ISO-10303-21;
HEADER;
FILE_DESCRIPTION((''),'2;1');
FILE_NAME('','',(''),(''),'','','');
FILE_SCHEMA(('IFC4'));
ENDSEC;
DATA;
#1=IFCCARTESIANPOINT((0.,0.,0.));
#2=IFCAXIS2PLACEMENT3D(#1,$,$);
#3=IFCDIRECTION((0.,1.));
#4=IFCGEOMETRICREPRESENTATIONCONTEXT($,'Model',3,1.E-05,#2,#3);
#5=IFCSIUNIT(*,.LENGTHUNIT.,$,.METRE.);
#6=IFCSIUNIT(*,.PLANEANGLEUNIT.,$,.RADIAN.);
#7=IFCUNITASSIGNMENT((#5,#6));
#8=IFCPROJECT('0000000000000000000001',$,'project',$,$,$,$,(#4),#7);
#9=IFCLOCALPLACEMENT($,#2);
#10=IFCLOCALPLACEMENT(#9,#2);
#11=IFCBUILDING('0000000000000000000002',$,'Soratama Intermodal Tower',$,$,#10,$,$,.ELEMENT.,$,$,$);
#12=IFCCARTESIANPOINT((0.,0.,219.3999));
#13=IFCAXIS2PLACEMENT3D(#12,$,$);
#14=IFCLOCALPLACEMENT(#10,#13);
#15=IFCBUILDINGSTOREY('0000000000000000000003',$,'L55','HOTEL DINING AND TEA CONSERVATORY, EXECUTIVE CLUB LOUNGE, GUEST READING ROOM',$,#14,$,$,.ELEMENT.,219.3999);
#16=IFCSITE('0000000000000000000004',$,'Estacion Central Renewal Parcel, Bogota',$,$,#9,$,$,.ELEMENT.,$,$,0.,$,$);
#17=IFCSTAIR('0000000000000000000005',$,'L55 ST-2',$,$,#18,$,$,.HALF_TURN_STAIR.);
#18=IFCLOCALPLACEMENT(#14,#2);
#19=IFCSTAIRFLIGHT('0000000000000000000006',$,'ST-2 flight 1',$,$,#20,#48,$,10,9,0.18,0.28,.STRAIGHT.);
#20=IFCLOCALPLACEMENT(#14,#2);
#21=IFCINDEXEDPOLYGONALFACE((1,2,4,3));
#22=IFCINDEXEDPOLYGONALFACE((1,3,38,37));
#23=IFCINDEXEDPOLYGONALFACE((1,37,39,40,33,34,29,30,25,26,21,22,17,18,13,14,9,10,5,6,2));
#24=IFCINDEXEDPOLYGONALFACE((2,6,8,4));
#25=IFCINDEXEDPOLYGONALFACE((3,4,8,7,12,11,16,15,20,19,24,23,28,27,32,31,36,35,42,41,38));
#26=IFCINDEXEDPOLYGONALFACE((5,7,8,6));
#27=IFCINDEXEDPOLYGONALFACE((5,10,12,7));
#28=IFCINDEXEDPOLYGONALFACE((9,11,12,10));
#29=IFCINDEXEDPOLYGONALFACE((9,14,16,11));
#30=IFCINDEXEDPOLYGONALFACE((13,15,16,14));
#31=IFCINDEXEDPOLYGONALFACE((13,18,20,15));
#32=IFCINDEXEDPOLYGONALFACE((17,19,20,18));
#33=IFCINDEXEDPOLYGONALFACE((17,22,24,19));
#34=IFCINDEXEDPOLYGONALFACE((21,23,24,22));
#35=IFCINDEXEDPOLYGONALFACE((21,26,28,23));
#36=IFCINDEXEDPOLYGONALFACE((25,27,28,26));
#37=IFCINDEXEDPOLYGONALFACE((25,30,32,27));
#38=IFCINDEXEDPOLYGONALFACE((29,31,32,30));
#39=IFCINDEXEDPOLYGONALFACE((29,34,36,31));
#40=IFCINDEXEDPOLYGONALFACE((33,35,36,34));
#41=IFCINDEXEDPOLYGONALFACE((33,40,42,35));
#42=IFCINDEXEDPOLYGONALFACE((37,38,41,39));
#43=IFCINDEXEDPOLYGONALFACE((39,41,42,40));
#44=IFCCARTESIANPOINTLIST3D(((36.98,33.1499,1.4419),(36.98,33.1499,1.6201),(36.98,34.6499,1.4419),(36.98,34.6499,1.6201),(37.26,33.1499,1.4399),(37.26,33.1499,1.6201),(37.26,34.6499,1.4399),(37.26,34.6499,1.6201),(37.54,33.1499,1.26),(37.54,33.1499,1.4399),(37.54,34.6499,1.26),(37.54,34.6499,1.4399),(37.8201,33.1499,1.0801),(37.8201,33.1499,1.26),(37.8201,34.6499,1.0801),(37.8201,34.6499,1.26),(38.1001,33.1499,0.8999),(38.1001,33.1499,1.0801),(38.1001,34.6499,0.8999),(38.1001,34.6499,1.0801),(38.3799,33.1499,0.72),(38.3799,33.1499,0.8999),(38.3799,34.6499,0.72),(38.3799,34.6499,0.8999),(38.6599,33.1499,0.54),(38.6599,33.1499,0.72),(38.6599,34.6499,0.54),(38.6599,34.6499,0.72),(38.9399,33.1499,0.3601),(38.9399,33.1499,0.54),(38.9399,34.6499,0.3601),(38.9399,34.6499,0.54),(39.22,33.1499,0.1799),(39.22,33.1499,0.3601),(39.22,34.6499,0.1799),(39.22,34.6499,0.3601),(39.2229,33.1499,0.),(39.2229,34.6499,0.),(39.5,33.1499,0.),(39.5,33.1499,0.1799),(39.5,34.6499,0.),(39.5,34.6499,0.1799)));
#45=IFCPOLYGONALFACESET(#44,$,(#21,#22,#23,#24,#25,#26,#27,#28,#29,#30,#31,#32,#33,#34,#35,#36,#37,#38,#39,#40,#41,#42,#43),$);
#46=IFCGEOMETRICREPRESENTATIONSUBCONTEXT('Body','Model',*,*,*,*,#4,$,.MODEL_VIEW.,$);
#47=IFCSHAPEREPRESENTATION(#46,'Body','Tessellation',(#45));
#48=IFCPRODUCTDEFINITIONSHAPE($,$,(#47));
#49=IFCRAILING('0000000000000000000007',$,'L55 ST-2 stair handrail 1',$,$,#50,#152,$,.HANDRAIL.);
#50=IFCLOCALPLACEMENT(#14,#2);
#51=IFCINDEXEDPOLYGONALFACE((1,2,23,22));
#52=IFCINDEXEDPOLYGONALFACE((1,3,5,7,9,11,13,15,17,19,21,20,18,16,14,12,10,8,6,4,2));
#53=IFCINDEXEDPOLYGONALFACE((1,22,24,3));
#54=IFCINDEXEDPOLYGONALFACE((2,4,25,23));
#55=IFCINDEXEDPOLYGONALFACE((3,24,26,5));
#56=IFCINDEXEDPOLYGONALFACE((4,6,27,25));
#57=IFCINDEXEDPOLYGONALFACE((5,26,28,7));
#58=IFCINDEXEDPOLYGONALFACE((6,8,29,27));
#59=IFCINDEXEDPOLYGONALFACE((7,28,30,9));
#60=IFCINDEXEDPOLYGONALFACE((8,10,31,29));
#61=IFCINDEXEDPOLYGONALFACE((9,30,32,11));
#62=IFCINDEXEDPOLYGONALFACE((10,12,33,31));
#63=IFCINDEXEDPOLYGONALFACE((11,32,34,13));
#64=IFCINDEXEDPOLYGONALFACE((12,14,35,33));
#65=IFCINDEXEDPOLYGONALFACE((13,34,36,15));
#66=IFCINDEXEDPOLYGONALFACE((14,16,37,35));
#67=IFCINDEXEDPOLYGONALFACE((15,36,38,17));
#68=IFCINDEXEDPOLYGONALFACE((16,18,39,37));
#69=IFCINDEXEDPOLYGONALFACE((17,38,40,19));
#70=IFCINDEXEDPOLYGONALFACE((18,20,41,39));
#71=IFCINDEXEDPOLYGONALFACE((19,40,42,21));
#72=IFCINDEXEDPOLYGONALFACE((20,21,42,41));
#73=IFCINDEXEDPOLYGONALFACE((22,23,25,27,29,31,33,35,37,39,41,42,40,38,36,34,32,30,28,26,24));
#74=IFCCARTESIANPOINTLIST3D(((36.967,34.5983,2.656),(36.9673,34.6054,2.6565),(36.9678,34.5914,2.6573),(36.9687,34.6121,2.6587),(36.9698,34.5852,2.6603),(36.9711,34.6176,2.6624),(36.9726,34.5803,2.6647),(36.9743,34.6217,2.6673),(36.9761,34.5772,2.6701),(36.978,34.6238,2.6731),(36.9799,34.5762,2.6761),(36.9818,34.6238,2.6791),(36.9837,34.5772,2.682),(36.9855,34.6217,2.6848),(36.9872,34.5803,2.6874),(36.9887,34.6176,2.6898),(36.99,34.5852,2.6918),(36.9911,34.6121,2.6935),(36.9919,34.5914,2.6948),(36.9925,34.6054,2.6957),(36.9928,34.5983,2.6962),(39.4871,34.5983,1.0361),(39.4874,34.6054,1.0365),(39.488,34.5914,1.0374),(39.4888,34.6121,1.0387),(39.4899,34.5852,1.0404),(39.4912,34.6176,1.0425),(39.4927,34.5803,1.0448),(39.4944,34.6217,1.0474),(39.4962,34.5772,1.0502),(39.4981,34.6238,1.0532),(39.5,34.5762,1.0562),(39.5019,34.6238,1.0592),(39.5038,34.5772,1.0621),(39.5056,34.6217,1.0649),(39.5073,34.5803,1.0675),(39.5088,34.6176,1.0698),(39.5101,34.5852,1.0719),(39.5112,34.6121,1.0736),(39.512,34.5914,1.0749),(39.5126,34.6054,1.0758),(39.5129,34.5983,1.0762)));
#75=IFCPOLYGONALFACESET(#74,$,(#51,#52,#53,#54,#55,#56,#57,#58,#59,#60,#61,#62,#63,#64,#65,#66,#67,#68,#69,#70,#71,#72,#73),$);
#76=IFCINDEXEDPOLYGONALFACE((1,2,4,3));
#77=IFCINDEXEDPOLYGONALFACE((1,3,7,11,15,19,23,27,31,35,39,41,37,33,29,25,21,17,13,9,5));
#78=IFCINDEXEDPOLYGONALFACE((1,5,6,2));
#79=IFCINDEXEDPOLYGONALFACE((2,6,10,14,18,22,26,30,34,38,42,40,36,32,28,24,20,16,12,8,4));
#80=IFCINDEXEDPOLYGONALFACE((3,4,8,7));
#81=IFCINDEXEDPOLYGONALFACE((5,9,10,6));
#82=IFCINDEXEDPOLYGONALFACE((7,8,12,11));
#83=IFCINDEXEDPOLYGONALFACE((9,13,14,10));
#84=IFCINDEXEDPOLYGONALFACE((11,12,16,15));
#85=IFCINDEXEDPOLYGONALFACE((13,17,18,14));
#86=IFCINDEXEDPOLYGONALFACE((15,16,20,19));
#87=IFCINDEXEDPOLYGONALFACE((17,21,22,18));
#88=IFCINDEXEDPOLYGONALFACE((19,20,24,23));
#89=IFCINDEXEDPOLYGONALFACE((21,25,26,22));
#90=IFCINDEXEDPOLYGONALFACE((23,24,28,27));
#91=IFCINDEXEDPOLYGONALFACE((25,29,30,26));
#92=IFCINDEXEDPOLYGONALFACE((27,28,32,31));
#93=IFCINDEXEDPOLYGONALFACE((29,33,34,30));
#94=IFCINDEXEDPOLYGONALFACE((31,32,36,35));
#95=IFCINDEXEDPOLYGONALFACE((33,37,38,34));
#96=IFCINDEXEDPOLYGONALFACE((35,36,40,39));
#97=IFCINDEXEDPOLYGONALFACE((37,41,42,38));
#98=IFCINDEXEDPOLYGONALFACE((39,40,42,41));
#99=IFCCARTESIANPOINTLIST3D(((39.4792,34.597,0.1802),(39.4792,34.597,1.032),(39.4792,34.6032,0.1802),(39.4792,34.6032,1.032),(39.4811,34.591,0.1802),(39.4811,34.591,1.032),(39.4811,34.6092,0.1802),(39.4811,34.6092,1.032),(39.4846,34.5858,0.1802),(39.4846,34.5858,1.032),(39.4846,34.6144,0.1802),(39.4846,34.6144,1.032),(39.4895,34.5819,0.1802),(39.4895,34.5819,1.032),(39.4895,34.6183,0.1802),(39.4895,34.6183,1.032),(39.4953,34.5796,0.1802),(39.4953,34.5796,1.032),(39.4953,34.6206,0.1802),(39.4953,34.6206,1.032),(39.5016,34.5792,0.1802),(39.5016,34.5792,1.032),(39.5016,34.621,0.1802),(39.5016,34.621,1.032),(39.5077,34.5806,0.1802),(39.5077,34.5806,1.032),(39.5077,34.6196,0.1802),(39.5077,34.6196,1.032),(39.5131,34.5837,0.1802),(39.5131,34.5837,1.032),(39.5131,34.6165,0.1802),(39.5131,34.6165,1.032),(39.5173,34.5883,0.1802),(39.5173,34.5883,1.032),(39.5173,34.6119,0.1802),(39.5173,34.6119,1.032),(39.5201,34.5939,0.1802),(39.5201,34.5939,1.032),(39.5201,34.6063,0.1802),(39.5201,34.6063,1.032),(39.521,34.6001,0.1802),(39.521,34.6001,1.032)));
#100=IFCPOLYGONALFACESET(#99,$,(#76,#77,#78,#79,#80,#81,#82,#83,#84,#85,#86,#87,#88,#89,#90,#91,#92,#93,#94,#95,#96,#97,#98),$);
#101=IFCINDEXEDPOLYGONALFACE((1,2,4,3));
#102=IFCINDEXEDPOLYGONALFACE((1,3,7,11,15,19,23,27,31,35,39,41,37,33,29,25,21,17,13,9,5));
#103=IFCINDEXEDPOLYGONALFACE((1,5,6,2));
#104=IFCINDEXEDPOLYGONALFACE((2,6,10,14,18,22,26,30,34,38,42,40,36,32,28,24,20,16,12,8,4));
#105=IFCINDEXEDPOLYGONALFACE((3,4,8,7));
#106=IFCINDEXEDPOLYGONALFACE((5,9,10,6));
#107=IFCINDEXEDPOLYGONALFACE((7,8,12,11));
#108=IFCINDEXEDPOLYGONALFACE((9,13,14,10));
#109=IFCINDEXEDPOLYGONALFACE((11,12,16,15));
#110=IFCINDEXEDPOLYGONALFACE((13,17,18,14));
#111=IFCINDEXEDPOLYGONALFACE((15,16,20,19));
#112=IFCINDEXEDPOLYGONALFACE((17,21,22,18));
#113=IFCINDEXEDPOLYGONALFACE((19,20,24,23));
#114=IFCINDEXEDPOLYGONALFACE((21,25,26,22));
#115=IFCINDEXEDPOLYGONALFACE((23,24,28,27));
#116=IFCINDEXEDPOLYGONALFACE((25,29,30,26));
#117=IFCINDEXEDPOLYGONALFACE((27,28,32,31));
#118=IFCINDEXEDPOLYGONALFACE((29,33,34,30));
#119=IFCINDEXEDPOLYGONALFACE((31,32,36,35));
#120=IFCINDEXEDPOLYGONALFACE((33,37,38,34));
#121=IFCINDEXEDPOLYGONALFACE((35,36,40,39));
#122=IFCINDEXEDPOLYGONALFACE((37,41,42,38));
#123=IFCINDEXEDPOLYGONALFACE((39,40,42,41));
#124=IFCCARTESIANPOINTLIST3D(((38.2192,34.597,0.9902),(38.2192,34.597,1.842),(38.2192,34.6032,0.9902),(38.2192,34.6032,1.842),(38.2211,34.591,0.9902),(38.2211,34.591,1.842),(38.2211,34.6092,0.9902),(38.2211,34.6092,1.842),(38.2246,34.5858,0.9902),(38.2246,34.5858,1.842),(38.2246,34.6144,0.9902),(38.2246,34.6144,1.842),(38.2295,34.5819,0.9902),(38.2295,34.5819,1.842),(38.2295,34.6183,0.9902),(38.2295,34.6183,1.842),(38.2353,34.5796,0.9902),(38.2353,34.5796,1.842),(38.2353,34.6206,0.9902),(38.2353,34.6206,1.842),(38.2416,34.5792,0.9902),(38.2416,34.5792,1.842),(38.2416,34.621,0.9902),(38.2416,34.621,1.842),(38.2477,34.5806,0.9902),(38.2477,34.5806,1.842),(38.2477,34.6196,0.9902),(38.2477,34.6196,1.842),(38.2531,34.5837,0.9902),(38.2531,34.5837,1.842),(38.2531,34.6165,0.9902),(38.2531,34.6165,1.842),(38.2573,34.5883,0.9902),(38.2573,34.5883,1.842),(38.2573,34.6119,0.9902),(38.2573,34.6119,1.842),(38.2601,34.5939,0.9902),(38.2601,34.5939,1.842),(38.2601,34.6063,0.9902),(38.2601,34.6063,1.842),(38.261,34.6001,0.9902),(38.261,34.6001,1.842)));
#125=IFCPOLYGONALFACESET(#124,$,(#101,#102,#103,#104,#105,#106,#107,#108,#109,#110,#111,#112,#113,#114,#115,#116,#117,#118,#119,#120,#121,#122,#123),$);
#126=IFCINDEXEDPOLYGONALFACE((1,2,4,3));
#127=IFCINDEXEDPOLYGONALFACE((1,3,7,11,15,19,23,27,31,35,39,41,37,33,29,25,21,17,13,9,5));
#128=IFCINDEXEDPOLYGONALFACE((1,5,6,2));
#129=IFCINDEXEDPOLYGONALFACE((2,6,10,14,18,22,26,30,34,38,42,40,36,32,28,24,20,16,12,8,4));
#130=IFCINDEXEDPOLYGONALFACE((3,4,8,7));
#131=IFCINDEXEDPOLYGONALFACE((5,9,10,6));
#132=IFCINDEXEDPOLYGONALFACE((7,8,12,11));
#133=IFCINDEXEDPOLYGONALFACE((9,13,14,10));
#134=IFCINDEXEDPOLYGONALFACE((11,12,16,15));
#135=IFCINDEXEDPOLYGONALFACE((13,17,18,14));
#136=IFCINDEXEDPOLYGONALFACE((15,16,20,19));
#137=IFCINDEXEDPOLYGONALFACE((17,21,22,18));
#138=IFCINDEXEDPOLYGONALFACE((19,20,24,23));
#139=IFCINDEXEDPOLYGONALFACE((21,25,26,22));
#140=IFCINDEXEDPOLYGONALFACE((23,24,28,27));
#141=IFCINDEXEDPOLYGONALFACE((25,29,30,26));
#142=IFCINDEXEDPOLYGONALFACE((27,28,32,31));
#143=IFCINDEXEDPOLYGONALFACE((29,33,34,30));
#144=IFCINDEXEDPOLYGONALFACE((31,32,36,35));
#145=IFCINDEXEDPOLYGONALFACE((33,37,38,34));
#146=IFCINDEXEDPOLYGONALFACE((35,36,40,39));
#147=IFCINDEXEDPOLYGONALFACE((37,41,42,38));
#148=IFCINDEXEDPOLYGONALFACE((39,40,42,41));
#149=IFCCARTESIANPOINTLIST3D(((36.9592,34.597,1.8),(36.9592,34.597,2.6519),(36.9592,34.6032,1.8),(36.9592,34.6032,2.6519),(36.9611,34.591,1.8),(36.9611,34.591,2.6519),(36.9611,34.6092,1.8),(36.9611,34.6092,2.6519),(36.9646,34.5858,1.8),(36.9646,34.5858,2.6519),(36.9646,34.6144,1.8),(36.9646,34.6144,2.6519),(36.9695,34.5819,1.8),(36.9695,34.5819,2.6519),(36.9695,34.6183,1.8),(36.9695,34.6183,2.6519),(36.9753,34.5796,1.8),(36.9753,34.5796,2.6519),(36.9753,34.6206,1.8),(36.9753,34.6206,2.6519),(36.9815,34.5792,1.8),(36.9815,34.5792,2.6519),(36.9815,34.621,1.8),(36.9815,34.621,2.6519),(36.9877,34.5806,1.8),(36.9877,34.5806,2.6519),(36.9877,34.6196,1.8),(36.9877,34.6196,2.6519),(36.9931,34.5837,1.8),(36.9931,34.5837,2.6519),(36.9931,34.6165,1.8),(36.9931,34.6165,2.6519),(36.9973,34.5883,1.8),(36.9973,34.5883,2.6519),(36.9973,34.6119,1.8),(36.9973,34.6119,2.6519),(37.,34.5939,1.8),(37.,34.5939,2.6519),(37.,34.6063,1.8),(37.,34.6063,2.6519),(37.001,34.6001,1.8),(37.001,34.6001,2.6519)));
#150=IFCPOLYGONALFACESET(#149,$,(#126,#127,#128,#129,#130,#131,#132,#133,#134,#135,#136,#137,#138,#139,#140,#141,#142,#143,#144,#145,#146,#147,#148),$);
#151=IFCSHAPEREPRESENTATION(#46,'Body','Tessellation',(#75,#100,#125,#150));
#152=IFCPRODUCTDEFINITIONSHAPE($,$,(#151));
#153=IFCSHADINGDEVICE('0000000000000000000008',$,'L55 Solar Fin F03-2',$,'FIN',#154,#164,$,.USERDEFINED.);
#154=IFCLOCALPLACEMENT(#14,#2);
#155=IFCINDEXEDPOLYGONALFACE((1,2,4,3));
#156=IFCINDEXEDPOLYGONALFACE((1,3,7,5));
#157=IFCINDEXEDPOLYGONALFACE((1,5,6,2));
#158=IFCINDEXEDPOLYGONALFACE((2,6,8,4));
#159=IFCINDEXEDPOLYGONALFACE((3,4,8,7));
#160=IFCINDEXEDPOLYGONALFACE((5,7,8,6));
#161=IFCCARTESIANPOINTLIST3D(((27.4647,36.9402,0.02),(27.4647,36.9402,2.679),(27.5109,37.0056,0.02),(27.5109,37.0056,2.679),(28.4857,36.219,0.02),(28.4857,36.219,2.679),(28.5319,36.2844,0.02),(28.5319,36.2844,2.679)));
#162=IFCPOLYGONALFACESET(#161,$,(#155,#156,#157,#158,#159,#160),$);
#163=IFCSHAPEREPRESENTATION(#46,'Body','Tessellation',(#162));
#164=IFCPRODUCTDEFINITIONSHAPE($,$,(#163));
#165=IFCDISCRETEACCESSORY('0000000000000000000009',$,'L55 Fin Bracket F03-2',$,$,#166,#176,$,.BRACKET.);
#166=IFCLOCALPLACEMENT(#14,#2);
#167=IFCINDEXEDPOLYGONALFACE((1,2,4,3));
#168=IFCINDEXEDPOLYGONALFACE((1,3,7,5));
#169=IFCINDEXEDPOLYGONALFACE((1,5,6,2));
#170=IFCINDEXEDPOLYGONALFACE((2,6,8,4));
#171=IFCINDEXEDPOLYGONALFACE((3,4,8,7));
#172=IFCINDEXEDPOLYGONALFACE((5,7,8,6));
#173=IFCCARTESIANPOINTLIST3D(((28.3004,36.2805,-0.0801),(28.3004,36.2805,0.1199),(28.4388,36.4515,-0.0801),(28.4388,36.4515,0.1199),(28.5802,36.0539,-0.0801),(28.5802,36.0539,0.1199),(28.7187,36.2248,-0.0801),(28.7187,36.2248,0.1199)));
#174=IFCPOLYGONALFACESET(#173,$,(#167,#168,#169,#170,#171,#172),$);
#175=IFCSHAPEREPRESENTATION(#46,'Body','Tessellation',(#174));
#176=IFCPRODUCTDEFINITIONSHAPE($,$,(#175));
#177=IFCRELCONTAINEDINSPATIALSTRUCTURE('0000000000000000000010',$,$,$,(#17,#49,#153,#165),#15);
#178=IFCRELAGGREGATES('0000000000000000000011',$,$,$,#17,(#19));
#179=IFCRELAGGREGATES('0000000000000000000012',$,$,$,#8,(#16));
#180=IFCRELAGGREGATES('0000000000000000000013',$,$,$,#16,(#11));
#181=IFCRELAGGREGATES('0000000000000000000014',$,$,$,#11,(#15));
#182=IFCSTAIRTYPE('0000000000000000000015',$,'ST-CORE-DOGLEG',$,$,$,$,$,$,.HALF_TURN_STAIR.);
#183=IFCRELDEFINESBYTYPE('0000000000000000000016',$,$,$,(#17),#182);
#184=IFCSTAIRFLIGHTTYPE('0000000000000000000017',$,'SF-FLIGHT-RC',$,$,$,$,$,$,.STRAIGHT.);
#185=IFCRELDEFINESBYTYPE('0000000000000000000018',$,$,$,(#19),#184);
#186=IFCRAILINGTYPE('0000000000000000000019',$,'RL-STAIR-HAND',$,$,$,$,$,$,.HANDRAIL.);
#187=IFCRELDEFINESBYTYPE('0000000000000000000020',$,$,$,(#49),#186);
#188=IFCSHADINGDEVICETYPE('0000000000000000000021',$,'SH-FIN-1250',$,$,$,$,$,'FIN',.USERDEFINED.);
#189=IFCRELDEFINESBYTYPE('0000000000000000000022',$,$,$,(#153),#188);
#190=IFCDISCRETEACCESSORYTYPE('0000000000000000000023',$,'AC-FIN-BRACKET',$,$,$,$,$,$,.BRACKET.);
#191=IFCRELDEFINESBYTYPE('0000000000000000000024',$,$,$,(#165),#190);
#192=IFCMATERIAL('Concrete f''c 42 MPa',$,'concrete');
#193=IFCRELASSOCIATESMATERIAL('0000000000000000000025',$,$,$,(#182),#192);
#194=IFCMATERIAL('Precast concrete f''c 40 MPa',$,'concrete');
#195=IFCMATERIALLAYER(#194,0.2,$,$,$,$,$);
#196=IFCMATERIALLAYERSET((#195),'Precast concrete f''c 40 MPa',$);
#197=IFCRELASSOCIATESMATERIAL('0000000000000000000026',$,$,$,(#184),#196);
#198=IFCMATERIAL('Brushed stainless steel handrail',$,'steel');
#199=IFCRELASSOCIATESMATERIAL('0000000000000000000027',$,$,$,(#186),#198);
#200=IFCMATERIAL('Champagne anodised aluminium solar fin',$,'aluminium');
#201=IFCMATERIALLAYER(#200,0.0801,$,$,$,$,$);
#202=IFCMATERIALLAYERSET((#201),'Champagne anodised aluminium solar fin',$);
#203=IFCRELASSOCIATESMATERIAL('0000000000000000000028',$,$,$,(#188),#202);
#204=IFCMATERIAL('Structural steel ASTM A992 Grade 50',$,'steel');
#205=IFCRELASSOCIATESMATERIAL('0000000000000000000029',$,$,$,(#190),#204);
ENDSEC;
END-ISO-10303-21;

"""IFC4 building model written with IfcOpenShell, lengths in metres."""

from ifc_helpers import new_model, si_unit, direction, frame, origin, origin_2d, place, context, subcontext, project, spatial, polyline, rectangle, circle, outline, extrude, material, layer, layer_set, type_object, element, aggregate, save


model = new_model("IFC4")

# Units and contexts
model_context = context("Model", 3, precision=1e-05, world=origin(), true_north=direction((0.0, 1.0)))
body_context = subcontext(model_context, "Body", "Model", "MODEL_VIEW")
ifc_project = project(units=[si_unit("LENGTHUNIT", "METRE"), si_unit("PLANEANGLEUNIT", "RADIAN")], contexts=[model_context])

# Site, building, storey
site_placement = place(None, origin())
site = spatial("IfcSite", under=ifc_project, at=site_placement, Name="Estacion Central Renewal Parcel, Bogota", CompositionType="ELEMENT", RefElevation=0.0)
building_placement = place(site_placement, origin())
building = spatial("IfcBuilding", under=site, at=building_placement, Name="Soratama Intermodal Tower", CompositionType="ELEMENT")
storey_placement = place(building_placement, frame((0.0, 0.0, 219.3999)))
storey = spatial("IfcBuildingStorey", under=building, at=storey_placement, Name="L55", Description="HOTEL DINING AND TEA CONSERVATORY, EXECUTIVE CLUB LOUNGE, GUEST READING ROOM", CompositionType="ELEMENT", Elevation=219.3999)

# Stair, stair flight
ifc_material_1 = material(Name="Concrete f'c 42 MPa", Category="concrete")
stair_type = type_object("IfcStairType", Name="ST-CORE-DOGLEG", PredefinedType="HALF_TURN_STAIR", material=ifc_material_1)
stair_placement = place(storey_placement, origin())
stair = element("IfcStair", 1, at=stair_placement, inside=storey, type_object=stair_type, Name="L55 ST-2", PredefinedType="HALF_TURN_STAIR")
ifc_material_2 = material(Name="Precast concrete f'c 40 MPa", Category="concrete")
ifc_layer_1 = layer(ifc_material_2, 0.2)
ifc_layer_set_1 = layer_set([ifc_layer_1], Name="Precast concrete f'c 40 MPa")
stair_flight_type = type_object("IfcStairFlightType", Name="SF-FLIGHT-RC", PredefinedType="STRAIGHT", material=ifc_layer_set_1)
stair_flight_placement = place(storey_placement, frame((39.5, 33.8999, 0.0), z_axis=(0.0, 0.0, 1.0), x_axis=(-1.0, 0.0, 0.0)))
stair_flight = element("IfcStairFlight", 2, at=stair_flight_placement, type_object=stair_flight_type, Name="ST-2 flight 1", NumberOfRisers=10, NumberOfTreads=9, PredefinedType="STRAIGHT", RiserHeight=0.18, TreadLength=0.28, context=body_context, shape_type="SweptSolid", body=[
    extrude(outline(polyline([(0.0, 0.0), (0.0, 0.1799), (0.28, 0.1799), (0.28, 0.3601), (0.5601, 0.3601), (0.5601, 0.54), (0.8401, 0.54), (0.8401, 0.72), (1.1201, 0.72), (1.1201, 0.8999), (1.3999, 0.8999), (1.3999, 1.0801), (1.6799, 1.0801), (1.6799, 1.26), (1.96, 1.26), (1.96, 1.4399), (2.24, 1.4399), (2.24, 1.6201), (2.52, 1.6201), (2.52, 1.8), (2.52, 1.4419), (0.2771, 0.0), (0.0, 0.0)])), frame((0.0, 0.75, 0.0), z_axis=(0.0, -1.0, 0.0), x_axis=(1.0, 0.0, 0.0)), (0.0, 0.0, 1.0), 1.5),
])
aggregate(stair, [stair_flight])

# Railing
ifc_material_3 = material(Name="Brushed stainless steel handrail", Category="steel")
railing_type = type_object("IfcRailingType", Name="RL-STAIR-HAND", PredefinedType="HANDRAIL", material=ifc_material_3)
railing_placement = place(storey_placement, frame((39.5, 34.6001, 0.1802)))
element("IfcRailing", 3, at=railing_placement, inside=storey, type_object=railing_type, Name="L55 ST-2 stair handrail 1", PredefinedType="HANDRAIL", context=body_context, shape_type="SweptSolid", body=[
    extrude(circle(Radius=0.0239, at=origin_2d()), frame((0.0, 0.0, 0.876), z_axis=(-0.8412, 0.0, 0.540725), x_axis=(0.0, -1.0, 0.0)), (0.0, 0.0, 1.0), 2.9958),
    extrude(circle(Radius=0.021, at=origin_2d()), origin(), (0.0, 0.0, 1.0), 0.8518),
    extrude(circle(Radius=0.021, at=origin_2d()), frame((-1.26, 0.0, 0.8101)), (0.0, 0.0, 1.0), 0.8518),
    extrude(circle(Radius=0.021, at=origin_2d()), frame((-2.52, 0.0, 1.6199)), (0.0, 0.0, 1.0), 0.8518),
])

# Shading device
ifc_material_4 = material(Name="Champagne anodised aluminium solar fin", Category="aluminium")
ifc_layer_2 = layer(ifc_material_4, 0.0801)
ifc_layer_set_2 = layer_set([ifc_layer_2], Name="Champagne anodised aluminium solar fin")
shading_device_type = type_object("IfcShadingDeviceType", Name="SH-FIN-1250", ElementType="FIN", PredefinedType="USERDEFINED", material=ifc_layer_set_2)
shading_device_placement = place(storey_placement, frame((27.9983, 36.6123, 0.02), z_axis=(0.0, 0.0, 1.0), x_axis=(-0.816742, 0.577003, 0.0)))
element("IfcShadingDevice", 4, at=shading_device_placement, inside=storey, type_object=shading_device_type, Name="L55 Solar Fin F03-2", ObjectType="FIN", PredefinedType="USERDEFINED", context=body_context, shape_type="SweptSolid", body=[
    extrude(rectangle(XDim=1.25, YDim=0.0801, at=origin_2d()), origin(), (0.0, 0.0, 1.0), 2.6589),
])

# Discrete accessory
ifc_material_5 = material(Name="Structural steel ASTM A992 Grade 50", Category="steel")
discrete_accessory_type = type_object("IfcDiscreteAccessoryType", Name="AC-FIN-BRACKET", PredefinedType="BRACKET", material=ifc_material_5)
discrete_accessory_placement = place(storey_placement, frame((28.5095, 36.2527, -0.0801), z_axis=(0.0, 0.0, 1.0), x_axis=(-0.777146, 0.62932, 0.0)))
element("IfcDiscreteAccessory", 5, at=discrete_accessory_placement, inside=storey, type_object=discrete_accessory_type, Name="L55 Fin Bracket F03-2", PredefinedType="BRACKET", context=body_context, shape_type="SweptSolid", body=[
    extrude(rectangle(XDim=0.3601, YDim=0.22, at=origin_2d()), origin(), (0.0, 0.0, 1.0), 0.2),
])

save(model, "model.ifc")
